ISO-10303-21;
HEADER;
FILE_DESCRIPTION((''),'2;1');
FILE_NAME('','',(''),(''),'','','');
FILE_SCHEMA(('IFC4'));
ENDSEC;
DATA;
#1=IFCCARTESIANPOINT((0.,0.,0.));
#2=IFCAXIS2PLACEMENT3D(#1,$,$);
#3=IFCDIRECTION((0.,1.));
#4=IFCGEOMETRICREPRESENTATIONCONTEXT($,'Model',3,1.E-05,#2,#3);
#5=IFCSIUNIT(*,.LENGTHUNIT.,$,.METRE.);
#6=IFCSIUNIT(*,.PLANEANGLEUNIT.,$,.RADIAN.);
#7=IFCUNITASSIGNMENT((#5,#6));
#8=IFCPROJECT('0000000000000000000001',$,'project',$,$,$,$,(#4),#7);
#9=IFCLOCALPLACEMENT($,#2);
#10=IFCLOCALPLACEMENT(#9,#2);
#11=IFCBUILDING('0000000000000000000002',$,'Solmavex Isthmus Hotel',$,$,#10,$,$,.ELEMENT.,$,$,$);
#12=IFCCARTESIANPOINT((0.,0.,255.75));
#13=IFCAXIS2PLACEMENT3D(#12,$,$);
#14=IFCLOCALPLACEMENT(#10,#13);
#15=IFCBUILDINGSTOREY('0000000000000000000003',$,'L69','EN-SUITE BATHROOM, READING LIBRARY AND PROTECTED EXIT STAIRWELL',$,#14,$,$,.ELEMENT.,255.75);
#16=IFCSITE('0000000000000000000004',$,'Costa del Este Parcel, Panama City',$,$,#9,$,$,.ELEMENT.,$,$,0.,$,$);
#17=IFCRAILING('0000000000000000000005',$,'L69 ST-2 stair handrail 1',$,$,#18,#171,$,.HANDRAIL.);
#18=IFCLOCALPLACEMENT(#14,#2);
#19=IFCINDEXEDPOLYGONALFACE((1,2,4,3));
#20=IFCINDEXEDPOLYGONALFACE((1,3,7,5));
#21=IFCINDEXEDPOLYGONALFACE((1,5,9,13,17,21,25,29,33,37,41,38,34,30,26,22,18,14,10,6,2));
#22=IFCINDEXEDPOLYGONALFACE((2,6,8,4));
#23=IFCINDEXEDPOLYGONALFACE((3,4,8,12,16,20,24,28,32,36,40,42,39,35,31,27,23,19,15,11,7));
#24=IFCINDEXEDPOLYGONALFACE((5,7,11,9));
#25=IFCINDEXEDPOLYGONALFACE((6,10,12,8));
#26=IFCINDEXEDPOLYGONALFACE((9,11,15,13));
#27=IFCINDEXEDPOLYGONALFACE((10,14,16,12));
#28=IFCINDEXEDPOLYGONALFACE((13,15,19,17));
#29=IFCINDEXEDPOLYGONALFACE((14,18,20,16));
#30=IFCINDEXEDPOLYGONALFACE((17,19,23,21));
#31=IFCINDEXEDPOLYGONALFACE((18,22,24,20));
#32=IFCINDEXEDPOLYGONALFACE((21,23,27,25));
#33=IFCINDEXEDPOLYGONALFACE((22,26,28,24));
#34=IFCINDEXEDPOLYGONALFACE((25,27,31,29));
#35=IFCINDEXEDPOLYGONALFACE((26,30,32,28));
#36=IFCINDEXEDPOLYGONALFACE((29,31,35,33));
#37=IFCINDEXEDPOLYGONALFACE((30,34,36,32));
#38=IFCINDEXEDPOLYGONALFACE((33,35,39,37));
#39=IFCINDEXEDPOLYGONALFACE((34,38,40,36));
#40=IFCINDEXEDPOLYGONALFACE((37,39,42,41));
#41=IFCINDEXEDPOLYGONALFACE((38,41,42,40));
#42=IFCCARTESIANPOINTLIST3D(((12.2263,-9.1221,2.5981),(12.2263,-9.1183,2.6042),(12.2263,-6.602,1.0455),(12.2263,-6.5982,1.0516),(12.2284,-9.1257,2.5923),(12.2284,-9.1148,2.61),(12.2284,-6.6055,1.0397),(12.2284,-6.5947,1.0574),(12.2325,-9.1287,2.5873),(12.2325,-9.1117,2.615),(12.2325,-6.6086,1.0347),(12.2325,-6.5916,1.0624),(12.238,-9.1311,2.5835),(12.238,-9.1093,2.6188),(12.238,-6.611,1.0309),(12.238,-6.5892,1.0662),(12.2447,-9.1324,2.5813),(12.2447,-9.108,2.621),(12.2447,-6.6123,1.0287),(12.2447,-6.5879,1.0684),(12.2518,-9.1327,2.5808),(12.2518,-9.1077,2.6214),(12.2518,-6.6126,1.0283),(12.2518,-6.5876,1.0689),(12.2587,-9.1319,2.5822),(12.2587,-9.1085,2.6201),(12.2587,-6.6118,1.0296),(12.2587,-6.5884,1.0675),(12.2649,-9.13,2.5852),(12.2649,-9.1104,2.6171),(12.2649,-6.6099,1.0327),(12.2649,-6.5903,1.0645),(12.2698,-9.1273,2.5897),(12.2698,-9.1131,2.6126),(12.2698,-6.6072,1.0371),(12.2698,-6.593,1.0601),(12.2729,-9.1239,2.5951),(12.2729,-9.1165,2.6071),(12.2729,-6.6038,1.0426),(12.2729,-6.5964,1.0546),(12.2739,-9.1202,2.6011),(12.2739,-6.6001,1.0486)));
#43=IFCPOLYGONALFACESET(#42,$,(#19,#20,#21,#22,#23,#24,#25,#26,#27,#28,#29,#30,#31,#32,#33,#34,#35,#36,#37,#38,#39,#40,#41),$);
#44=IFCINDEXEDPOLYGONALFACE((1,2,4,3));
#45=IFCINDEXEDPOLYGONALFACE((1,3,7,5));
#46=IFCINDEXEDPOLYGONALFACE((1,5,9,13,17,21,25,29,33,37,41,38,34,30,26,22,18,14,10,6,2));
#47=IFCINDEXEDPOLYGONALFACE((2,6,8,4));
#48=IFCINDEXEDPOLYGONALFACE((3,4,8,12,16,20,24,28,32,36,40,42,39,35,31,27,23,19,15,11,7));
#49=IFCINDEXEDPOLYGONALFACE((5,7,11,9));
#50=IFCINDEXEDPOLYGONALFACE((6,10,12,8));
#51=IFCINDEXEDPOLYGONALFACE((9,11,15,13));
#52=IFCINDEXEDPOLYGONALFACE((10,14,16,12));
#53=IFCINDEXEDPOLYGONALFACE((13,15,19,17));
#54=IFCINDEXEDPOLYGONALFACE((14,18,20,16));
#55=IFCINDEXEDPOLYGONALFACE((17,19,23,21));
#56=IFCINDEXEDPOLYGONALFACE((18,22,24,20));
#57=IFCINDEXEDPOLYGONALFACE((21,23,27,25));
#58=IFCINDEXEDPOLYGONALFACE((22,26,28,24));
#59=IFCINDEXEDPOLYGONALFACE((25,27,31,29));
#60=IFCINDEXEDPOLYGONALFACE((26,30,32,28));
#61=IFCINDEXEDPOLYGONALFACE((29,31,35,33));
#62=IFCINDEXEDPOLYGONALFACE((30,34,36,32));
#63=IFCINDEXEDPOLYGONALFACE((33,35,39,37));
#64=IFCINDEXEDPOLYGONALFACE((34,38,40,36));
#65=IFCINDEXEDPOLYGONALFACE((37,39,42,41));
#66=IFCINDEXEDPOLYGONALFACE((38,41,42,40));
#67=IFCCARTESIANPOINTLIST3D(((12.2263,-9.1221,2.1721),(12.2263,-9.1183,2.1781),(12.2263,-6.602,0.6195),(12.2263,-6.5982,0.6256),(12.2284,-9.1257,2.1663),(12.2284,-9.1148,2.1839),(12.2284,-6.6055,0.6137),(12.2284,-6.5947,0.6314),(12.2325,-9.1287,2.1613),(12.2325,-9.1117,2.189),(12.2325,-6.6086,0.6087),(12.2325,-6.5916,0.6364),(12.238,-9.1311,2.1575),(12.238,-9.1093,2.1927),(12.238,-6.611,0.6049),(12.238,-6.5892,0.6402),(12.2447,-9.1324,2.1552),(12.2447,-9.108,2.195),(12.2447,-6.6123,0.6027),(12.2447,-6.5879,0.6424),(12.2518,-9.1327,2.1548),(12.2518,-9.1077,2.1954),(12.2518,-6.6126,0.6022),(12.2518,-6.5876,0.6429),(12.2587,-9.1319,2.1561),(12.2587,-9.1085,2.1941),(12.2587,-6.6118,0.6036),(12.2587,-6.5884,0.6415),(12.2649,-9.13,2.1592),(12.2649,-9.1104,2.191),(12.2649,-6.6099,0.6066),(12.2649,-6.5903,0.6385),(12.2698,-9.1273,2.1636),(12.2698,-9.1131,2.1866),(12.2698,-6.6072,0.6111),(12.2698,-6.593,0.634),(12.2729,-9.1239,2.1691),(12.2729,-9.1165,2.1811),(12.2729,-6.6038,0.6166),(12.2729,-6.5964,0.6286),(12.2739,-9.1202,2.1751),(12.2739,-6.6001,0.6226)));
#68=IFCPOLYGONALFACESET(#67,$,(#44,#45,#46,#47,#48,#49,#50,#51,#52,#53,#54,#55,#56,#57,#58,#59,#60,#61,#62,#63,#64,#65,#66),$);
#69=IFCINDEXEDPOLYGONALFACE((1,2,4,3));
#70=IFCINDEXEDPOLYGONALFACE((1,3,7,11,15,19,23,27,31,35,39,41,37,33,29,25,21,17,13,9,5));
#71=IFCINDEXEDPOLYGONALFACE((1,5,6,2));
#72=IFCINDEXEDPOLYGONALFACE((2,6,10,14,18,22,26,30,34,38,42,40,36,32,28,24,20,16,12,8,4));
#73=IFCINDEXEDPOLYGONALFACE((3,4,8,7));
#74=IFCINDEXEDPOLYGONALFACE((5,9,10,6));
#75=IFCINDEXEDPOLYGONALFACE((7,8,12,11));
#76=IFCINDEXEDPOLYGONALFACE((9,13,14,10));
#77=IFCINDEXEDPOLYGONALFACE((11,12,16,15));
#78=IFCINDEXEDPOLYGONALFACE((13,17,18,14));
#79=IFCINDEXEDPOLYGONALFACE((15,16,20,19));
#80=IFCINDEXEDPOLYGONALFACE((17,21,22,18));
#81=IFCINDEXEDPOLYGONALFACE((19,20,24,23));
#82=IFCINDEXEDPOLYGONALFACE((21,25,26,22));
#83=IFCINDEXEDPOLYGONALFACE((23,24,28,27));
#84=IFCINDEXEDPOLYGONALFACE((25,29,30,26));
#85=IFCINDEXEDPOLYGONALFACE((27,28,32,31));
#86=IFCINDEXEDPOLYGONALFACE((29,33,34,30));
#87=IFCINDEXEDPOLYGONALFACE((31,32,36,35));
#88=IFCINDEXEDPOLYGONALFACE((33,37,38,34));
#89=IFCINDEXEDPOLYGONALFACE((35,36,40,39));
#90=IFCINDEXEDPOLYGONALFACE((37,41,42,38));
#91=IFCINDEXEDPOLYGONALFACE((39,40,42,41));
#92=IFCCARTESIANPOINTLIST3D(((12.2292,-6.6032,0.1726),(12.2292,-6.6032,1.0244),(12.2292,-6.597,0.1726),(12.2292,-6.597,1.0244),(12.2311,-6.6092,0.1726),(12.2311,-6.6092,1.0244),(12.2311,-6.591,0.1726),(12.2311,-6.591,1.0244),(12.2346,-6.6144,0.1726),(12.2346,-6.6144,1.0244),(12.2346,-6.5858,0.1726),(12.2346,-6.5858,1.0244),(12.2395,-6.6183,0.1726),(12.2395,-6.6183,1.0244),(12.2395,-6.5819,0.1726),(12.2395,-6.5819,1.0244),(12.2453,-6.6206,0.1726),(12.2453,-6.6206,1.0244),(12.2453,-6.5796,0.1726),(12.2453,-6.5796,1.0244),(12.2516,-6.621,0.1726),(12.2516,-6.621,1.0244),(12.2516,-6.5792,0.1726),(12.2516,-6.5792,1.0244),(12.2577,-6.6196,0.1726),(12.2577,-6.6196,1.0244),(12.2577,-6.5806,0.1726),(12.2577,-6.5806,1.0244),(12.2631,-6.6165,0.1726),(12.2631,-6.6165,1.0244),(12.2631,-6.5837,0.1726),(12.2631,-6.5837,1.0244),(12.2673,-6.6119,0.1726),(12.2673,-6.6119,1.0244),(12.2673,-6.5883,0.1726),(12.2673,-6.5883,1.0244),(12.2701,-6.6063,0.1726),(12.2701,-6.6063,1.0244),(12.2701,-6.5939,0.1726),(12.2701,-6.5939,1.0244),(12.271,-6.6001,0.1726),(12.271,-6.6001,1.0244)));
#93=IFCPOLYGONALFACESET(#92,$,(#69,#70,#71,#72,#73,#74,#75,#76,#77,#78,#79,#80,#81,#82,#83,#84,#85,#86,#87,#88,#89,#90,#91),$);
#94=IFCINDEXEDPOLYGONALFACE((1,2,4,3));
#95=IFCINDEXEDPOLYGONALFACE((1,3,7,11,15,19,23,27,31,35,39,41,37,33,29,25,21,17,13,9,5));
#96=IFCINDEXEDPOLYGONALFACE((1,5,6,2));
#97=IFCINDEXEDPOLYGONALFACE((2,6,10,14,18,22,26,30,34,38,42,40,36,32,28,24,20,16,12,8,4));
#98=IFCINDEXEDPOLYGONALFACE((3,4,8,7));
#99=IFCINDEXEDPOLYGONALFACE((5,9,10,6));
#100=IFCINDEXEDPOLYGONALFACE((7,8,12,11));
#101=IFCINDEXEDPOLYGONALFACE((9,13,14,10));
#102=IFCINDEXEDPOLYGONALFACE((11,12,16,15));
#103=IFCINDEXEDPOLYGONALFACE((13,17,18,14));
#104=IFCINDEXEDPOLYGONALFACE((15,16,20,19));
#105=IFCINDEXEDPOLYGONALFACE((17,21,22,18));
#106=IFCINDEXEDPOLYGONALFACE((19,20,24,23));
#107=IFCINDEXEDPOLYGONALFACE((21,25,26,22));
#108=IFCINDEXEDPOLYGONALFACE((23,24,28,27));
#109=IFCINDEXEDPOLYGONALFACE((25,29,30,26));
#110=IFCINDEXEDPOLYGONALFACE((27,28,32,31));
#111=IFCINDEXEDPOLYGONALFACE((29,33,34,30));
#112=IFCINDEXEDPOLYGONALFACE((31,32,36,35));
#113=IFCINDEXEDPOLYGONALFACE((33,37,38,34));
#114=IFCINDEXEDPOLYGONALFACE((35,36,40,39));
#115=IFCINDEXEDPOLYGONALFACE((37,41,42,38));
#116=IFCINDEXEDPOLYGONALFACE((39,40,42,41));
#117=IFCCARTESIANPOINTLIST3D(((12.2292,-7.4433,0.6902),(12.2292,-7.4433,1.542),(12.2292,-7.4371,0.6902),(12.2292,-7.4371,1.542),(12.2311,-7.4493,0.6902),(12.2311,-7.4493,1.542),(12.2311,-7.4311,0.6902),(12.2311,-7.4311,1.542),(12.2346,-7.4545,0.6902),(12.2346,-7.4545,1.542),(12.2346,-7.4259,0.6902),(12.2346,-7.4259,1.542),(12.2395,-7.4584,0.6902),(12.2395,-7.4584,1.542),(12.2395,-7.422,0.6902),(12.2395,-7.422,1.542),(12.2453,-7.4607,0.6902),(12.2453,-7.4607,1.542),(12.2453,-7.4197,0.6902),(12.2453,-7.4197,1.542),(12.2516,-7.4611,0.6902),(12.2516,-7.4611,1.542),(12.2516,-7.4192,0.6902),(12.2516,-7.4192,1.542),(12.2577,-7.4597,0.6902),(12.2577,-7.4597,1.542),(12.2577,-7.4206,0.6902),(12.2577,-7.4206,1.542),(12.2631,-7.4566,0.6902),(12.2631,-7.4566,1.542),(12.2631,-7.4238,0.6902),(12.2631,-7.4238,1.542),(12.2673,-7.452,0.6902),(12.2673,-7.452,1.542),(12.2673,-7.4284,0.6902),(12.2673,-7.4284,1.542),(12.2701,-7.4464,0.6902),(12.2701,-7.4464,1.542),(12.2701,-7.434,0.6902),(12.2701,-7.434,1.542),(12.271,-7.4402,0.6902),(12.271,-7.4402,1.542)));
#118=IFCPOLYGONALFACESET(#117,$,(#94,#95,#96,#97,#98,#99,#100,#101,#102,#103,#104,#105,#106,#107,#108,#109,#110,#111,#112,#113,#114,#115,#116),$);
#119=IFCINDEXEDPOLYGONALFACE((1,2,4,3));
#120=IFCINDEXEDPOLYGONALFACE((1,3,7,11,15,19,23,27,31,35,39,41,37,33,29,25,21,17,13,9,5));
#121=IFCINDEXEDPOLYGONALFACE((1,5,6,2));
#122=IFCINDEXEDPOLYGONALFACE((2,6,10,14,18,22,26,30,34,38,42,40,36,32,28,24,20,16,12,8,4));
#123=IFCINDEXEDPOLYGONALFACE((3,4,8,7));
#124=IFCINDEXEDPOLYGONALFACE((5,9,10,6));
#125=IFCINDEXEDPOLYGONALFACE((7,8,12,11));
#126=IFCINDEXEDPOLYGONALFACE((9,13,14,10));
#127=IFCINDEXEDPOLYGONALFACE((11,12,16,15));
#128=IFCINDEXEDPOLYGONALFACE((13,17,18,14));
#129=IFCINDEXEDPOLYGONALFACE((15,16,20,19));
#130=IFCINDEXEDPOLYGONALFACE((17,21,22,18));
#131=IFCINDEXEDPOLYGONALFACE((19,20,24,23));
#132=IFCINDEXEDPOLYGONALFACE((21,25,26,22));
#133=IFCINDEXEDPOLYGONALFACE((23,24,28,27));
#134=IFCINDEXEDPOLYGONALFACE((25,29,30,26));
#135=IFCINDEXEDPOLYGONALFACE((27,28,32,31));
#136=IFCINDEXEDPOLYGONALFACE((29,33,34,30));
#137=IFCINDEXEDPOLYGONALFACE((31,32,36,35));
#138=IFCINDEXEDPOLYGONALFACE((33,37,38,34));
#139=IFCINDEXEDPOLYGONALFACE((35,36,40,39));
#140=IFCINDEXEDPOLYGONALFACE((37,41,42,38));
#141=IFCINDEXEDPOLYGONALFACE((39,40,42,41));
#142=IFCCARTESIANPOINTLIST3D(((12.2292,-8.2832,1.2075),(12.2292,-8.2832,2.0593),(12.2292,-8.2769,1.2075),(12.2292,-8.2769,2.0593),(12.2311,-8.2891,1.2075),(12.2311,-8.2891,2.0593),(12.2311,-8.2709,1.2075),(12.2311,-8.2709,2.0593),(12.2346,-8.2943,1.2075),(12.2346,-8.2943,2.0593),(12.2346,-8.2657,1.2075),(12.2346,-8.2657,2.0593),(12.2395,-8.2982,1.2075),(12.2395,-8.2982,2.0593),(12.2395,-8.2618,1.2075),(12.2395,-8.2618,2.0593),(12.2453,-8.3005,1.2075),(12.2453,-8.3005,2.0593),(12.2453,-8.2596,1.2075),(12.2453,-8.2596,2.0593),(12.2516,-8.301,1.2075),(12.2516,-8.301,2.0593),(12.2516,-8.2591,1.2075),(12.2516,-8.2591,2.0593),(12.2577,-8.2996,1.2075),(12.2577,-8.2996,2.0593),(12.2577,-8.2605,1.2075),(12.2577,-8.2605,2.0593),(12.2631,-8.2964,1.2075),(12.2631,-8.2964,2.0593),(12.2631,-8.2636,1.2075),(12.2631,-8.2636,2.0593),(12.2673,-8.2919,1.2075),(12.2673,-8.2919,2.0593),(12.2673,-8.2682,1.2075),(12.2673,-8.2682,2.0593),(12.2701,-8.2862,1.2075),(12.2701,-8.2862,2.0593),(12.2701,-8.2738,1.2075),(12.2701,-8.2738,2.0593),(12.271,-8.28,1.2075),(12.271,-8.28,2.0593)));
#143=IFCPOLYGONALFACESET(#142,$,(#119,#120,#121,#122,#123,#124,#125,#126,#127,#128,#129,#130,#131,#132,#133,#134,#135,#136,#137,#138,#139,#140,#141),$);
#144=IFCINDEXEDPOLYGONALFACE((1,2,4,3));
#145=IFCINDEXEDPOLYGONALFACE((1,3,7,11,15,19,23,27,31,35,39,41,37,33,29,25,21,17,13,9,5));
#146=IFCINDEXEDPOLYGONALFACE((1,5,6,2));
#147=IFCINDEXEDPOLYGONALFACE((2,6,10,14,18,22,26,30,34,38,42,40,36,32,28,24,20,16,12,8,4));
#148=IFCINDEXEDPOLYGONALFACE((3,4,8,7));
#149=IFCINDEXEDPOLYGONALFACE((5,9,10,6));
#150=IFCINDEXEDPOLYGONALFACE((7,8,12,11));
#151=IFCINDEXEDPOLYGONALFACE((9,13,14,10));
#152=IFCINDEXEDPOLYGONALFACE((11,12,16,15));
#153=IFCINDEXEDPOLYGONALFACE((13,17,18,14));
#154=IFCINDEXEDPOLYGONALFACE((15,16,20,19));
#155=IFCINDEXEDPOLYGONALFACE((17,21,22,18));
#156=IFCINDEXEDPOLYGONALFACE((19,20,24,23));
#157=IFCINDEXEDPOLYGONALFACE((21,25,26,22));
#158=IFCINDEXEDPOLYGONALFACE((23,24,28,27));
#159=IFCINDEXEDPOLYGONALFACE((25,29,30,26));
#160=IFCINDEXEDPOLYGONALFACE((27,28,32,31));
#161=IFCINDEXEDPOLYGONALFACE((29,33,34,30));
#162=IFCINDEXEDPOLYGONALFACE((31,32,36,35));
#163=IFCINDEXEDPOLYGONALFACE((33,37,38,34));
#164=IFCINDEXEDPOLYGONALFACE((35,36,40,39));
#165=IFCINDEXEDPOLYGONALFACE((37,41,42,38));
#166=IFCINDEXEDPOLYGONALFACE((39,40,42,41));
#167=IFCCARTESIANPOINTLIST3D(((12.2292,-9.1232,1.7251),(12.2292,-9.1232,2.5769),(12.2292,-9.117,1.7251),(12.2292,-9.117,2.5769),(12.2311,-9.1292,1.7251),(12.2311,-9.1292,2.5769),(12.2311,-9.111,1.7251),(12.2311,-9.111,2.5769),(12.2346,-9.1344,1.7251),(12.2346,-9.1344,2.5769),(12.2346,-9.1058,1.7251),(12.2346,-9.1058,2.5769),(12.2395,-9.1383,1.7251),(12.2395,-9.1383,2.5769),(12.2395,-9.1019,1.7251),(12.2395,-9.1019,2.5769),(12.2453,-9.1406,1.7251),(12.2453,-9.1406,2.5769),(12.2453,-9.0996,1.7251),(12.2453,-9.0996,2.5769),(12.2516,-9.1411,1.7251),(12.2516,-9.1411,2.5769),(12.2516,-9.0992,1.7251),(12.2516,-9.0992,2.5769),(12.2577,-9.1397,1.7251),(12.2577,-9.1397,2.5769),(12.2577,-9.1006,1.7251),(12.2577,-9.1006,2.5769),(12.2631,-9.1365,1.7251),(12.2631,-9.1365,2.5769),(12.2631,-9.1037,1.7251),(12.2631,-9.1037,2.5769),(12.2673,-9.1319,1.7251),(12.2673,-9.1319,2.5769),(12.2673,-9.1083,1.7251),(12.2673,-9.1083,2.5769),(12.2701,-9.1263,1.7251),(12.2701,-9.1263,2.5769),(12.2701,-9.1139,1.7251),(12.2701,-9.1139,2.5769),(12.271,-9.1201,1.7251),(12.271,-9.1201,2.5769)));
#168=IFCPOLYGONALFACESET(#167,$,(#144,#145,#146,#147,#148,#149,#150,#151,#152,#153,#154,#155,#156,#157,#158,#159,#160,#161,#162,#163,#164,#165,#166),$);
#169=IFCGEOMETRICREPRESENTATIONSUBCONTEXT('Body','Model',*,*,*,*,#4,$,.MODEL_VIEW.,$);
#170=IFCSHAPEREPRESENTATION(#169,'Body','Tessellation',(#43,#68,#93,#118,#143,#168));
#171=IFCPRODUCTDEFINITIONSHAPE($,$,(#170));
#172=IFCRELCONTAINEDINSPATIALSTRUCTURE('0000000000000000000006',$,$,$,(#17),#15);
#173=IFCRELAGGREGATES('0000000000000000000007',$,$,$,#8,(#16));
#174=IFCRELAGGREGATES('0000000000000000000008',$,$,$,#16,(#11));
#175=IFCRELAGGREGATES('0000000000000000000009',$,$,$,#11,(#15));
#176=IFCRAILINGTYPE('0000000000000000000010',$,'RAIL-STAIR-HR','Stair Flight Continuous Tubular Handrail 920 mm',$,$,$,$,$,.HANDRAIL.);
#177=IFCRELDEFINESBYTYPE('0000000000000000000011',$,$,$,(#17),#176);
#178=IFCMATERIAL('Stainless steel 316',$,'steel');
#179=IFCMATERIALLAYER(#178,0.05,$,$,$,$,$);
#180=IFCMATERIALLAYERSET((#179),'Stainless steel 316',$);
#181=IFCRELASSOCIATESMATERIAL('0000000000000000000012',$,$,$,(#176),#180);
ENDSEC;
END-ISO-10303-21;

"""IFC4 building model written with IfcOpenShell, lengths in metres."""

from ifc_helpers import new_model, si_unit, direction, frame, origin, origin_2d, place, context, subcontext, project, spatial, circle, extrude, material, layer, layer_set, type_object, element, save


model = new_model("IFC4")

# Units and contexts
model_context = context("Model", 3, precision=1e-05, world=origin(), true_north=direction((0.0, 1.0)))
body_context = subcontext(model_context, "Body", "Model", "MODEL_VIEW")
ifc_project = project(units=[si_unit("LENGTHUNIT", "METRE"), si_unit("PLANEANGLEUNIT", "RADIAN")], contexts=[model_context])

# Site, building, storey
site_placement = place(None, origin())
site = spatial("IfcSite", under=ifc_project, at=site_placement, Name="Costa del Este Parcel, Panama City", CompositionType="ELEMENT", RefElevation=0.0)
building_placement = place(site_placement, origin())
building = spatial("IfcBuilding", under=site, at=building_placement, Name="Solmavex Isthmus Hotel", CompositionType="ELEMENT")
storey_placement = place(building_placement, frame((0.0, 0.0, 255.75)))
storey = spatial("IfcBuildingStorey", under=building, at=storey_placement, Name="L69", Description="EN-SUITE BATHROOM, READING LIBRARY AND PROTECTED EXIT STAIRWELL", CompositionType="ELEMENT", Elevation=255.75)

# Shared definitions
ifc_material_1 = material(Name="Stainless steel 316", Category="steel")

# Railing
ifc_layer_1 = layer(ifc_material_1, 0.05)
ifc_layer_set_1 = layer_set([ifc_layer_1], Name="Stainless steel 316")
railing_type_1 = type_object("IfcRailingType", Name="RAIL-STAIR-HR", Description="Stair Flight Continuous Tubular Handrail 920 mm", PredefinedType="HANDRAIL", material=ifc_layer_set_1)
railing_1_placement = place(storey_placement, frame((12.25, -6.6001, 0.1726)))
element("IfcRailing", 1, at=railing_1_placement, inside=storey, type_object=railing_type_1, Name="L69 ST-2 stair handrail 1", PredefinedType="HANDRAIL", context=body_context, shape_type="SweptSolid", body=[
    extrude(circle(Radius=0.0239, at=origin_2d()), frame((0.0, 0.0, 0.876), z_axis=(0.0, -0.8514, 0.524516), x_axis=(1.0, 0.0, 0.0)), (0.0, 0.0, 1.0), 2.96),
    extrude(circle(Radius=0.0239, at=origin_2d()), frame((0.0, 0.0, 0.45), z_axis=(0.0, -0.8514, 0.524516), x_axis=(1.0, 0.0, 0.0)), (0.0, 0.0, 1.0), 2.96),
    extrude(circle(Radius=0.021, at=origin_2d()), origin(), (0.0, 0.0, 1.0), 0.8518),
    extrude(circle(Radius=0.021, at=origin_2d()), frame((0.0, -0.8401, 0.5176)), (0.0, 0.0, 1.0), 0.8518),
    extrude(circle(Radius=0.021, at=origin_2d()), frame((0.0, -1.6799, 1.0349)), (0.0, 0.0, 1.0), 0.8518),
    extrude(circle(Radius=0.021, at=origin_2d()), frame((0.0, -2.52, 1.5525)), (0.0, 0.0, 1.0), 0.8518),
])

save(model, "model.ifc")
